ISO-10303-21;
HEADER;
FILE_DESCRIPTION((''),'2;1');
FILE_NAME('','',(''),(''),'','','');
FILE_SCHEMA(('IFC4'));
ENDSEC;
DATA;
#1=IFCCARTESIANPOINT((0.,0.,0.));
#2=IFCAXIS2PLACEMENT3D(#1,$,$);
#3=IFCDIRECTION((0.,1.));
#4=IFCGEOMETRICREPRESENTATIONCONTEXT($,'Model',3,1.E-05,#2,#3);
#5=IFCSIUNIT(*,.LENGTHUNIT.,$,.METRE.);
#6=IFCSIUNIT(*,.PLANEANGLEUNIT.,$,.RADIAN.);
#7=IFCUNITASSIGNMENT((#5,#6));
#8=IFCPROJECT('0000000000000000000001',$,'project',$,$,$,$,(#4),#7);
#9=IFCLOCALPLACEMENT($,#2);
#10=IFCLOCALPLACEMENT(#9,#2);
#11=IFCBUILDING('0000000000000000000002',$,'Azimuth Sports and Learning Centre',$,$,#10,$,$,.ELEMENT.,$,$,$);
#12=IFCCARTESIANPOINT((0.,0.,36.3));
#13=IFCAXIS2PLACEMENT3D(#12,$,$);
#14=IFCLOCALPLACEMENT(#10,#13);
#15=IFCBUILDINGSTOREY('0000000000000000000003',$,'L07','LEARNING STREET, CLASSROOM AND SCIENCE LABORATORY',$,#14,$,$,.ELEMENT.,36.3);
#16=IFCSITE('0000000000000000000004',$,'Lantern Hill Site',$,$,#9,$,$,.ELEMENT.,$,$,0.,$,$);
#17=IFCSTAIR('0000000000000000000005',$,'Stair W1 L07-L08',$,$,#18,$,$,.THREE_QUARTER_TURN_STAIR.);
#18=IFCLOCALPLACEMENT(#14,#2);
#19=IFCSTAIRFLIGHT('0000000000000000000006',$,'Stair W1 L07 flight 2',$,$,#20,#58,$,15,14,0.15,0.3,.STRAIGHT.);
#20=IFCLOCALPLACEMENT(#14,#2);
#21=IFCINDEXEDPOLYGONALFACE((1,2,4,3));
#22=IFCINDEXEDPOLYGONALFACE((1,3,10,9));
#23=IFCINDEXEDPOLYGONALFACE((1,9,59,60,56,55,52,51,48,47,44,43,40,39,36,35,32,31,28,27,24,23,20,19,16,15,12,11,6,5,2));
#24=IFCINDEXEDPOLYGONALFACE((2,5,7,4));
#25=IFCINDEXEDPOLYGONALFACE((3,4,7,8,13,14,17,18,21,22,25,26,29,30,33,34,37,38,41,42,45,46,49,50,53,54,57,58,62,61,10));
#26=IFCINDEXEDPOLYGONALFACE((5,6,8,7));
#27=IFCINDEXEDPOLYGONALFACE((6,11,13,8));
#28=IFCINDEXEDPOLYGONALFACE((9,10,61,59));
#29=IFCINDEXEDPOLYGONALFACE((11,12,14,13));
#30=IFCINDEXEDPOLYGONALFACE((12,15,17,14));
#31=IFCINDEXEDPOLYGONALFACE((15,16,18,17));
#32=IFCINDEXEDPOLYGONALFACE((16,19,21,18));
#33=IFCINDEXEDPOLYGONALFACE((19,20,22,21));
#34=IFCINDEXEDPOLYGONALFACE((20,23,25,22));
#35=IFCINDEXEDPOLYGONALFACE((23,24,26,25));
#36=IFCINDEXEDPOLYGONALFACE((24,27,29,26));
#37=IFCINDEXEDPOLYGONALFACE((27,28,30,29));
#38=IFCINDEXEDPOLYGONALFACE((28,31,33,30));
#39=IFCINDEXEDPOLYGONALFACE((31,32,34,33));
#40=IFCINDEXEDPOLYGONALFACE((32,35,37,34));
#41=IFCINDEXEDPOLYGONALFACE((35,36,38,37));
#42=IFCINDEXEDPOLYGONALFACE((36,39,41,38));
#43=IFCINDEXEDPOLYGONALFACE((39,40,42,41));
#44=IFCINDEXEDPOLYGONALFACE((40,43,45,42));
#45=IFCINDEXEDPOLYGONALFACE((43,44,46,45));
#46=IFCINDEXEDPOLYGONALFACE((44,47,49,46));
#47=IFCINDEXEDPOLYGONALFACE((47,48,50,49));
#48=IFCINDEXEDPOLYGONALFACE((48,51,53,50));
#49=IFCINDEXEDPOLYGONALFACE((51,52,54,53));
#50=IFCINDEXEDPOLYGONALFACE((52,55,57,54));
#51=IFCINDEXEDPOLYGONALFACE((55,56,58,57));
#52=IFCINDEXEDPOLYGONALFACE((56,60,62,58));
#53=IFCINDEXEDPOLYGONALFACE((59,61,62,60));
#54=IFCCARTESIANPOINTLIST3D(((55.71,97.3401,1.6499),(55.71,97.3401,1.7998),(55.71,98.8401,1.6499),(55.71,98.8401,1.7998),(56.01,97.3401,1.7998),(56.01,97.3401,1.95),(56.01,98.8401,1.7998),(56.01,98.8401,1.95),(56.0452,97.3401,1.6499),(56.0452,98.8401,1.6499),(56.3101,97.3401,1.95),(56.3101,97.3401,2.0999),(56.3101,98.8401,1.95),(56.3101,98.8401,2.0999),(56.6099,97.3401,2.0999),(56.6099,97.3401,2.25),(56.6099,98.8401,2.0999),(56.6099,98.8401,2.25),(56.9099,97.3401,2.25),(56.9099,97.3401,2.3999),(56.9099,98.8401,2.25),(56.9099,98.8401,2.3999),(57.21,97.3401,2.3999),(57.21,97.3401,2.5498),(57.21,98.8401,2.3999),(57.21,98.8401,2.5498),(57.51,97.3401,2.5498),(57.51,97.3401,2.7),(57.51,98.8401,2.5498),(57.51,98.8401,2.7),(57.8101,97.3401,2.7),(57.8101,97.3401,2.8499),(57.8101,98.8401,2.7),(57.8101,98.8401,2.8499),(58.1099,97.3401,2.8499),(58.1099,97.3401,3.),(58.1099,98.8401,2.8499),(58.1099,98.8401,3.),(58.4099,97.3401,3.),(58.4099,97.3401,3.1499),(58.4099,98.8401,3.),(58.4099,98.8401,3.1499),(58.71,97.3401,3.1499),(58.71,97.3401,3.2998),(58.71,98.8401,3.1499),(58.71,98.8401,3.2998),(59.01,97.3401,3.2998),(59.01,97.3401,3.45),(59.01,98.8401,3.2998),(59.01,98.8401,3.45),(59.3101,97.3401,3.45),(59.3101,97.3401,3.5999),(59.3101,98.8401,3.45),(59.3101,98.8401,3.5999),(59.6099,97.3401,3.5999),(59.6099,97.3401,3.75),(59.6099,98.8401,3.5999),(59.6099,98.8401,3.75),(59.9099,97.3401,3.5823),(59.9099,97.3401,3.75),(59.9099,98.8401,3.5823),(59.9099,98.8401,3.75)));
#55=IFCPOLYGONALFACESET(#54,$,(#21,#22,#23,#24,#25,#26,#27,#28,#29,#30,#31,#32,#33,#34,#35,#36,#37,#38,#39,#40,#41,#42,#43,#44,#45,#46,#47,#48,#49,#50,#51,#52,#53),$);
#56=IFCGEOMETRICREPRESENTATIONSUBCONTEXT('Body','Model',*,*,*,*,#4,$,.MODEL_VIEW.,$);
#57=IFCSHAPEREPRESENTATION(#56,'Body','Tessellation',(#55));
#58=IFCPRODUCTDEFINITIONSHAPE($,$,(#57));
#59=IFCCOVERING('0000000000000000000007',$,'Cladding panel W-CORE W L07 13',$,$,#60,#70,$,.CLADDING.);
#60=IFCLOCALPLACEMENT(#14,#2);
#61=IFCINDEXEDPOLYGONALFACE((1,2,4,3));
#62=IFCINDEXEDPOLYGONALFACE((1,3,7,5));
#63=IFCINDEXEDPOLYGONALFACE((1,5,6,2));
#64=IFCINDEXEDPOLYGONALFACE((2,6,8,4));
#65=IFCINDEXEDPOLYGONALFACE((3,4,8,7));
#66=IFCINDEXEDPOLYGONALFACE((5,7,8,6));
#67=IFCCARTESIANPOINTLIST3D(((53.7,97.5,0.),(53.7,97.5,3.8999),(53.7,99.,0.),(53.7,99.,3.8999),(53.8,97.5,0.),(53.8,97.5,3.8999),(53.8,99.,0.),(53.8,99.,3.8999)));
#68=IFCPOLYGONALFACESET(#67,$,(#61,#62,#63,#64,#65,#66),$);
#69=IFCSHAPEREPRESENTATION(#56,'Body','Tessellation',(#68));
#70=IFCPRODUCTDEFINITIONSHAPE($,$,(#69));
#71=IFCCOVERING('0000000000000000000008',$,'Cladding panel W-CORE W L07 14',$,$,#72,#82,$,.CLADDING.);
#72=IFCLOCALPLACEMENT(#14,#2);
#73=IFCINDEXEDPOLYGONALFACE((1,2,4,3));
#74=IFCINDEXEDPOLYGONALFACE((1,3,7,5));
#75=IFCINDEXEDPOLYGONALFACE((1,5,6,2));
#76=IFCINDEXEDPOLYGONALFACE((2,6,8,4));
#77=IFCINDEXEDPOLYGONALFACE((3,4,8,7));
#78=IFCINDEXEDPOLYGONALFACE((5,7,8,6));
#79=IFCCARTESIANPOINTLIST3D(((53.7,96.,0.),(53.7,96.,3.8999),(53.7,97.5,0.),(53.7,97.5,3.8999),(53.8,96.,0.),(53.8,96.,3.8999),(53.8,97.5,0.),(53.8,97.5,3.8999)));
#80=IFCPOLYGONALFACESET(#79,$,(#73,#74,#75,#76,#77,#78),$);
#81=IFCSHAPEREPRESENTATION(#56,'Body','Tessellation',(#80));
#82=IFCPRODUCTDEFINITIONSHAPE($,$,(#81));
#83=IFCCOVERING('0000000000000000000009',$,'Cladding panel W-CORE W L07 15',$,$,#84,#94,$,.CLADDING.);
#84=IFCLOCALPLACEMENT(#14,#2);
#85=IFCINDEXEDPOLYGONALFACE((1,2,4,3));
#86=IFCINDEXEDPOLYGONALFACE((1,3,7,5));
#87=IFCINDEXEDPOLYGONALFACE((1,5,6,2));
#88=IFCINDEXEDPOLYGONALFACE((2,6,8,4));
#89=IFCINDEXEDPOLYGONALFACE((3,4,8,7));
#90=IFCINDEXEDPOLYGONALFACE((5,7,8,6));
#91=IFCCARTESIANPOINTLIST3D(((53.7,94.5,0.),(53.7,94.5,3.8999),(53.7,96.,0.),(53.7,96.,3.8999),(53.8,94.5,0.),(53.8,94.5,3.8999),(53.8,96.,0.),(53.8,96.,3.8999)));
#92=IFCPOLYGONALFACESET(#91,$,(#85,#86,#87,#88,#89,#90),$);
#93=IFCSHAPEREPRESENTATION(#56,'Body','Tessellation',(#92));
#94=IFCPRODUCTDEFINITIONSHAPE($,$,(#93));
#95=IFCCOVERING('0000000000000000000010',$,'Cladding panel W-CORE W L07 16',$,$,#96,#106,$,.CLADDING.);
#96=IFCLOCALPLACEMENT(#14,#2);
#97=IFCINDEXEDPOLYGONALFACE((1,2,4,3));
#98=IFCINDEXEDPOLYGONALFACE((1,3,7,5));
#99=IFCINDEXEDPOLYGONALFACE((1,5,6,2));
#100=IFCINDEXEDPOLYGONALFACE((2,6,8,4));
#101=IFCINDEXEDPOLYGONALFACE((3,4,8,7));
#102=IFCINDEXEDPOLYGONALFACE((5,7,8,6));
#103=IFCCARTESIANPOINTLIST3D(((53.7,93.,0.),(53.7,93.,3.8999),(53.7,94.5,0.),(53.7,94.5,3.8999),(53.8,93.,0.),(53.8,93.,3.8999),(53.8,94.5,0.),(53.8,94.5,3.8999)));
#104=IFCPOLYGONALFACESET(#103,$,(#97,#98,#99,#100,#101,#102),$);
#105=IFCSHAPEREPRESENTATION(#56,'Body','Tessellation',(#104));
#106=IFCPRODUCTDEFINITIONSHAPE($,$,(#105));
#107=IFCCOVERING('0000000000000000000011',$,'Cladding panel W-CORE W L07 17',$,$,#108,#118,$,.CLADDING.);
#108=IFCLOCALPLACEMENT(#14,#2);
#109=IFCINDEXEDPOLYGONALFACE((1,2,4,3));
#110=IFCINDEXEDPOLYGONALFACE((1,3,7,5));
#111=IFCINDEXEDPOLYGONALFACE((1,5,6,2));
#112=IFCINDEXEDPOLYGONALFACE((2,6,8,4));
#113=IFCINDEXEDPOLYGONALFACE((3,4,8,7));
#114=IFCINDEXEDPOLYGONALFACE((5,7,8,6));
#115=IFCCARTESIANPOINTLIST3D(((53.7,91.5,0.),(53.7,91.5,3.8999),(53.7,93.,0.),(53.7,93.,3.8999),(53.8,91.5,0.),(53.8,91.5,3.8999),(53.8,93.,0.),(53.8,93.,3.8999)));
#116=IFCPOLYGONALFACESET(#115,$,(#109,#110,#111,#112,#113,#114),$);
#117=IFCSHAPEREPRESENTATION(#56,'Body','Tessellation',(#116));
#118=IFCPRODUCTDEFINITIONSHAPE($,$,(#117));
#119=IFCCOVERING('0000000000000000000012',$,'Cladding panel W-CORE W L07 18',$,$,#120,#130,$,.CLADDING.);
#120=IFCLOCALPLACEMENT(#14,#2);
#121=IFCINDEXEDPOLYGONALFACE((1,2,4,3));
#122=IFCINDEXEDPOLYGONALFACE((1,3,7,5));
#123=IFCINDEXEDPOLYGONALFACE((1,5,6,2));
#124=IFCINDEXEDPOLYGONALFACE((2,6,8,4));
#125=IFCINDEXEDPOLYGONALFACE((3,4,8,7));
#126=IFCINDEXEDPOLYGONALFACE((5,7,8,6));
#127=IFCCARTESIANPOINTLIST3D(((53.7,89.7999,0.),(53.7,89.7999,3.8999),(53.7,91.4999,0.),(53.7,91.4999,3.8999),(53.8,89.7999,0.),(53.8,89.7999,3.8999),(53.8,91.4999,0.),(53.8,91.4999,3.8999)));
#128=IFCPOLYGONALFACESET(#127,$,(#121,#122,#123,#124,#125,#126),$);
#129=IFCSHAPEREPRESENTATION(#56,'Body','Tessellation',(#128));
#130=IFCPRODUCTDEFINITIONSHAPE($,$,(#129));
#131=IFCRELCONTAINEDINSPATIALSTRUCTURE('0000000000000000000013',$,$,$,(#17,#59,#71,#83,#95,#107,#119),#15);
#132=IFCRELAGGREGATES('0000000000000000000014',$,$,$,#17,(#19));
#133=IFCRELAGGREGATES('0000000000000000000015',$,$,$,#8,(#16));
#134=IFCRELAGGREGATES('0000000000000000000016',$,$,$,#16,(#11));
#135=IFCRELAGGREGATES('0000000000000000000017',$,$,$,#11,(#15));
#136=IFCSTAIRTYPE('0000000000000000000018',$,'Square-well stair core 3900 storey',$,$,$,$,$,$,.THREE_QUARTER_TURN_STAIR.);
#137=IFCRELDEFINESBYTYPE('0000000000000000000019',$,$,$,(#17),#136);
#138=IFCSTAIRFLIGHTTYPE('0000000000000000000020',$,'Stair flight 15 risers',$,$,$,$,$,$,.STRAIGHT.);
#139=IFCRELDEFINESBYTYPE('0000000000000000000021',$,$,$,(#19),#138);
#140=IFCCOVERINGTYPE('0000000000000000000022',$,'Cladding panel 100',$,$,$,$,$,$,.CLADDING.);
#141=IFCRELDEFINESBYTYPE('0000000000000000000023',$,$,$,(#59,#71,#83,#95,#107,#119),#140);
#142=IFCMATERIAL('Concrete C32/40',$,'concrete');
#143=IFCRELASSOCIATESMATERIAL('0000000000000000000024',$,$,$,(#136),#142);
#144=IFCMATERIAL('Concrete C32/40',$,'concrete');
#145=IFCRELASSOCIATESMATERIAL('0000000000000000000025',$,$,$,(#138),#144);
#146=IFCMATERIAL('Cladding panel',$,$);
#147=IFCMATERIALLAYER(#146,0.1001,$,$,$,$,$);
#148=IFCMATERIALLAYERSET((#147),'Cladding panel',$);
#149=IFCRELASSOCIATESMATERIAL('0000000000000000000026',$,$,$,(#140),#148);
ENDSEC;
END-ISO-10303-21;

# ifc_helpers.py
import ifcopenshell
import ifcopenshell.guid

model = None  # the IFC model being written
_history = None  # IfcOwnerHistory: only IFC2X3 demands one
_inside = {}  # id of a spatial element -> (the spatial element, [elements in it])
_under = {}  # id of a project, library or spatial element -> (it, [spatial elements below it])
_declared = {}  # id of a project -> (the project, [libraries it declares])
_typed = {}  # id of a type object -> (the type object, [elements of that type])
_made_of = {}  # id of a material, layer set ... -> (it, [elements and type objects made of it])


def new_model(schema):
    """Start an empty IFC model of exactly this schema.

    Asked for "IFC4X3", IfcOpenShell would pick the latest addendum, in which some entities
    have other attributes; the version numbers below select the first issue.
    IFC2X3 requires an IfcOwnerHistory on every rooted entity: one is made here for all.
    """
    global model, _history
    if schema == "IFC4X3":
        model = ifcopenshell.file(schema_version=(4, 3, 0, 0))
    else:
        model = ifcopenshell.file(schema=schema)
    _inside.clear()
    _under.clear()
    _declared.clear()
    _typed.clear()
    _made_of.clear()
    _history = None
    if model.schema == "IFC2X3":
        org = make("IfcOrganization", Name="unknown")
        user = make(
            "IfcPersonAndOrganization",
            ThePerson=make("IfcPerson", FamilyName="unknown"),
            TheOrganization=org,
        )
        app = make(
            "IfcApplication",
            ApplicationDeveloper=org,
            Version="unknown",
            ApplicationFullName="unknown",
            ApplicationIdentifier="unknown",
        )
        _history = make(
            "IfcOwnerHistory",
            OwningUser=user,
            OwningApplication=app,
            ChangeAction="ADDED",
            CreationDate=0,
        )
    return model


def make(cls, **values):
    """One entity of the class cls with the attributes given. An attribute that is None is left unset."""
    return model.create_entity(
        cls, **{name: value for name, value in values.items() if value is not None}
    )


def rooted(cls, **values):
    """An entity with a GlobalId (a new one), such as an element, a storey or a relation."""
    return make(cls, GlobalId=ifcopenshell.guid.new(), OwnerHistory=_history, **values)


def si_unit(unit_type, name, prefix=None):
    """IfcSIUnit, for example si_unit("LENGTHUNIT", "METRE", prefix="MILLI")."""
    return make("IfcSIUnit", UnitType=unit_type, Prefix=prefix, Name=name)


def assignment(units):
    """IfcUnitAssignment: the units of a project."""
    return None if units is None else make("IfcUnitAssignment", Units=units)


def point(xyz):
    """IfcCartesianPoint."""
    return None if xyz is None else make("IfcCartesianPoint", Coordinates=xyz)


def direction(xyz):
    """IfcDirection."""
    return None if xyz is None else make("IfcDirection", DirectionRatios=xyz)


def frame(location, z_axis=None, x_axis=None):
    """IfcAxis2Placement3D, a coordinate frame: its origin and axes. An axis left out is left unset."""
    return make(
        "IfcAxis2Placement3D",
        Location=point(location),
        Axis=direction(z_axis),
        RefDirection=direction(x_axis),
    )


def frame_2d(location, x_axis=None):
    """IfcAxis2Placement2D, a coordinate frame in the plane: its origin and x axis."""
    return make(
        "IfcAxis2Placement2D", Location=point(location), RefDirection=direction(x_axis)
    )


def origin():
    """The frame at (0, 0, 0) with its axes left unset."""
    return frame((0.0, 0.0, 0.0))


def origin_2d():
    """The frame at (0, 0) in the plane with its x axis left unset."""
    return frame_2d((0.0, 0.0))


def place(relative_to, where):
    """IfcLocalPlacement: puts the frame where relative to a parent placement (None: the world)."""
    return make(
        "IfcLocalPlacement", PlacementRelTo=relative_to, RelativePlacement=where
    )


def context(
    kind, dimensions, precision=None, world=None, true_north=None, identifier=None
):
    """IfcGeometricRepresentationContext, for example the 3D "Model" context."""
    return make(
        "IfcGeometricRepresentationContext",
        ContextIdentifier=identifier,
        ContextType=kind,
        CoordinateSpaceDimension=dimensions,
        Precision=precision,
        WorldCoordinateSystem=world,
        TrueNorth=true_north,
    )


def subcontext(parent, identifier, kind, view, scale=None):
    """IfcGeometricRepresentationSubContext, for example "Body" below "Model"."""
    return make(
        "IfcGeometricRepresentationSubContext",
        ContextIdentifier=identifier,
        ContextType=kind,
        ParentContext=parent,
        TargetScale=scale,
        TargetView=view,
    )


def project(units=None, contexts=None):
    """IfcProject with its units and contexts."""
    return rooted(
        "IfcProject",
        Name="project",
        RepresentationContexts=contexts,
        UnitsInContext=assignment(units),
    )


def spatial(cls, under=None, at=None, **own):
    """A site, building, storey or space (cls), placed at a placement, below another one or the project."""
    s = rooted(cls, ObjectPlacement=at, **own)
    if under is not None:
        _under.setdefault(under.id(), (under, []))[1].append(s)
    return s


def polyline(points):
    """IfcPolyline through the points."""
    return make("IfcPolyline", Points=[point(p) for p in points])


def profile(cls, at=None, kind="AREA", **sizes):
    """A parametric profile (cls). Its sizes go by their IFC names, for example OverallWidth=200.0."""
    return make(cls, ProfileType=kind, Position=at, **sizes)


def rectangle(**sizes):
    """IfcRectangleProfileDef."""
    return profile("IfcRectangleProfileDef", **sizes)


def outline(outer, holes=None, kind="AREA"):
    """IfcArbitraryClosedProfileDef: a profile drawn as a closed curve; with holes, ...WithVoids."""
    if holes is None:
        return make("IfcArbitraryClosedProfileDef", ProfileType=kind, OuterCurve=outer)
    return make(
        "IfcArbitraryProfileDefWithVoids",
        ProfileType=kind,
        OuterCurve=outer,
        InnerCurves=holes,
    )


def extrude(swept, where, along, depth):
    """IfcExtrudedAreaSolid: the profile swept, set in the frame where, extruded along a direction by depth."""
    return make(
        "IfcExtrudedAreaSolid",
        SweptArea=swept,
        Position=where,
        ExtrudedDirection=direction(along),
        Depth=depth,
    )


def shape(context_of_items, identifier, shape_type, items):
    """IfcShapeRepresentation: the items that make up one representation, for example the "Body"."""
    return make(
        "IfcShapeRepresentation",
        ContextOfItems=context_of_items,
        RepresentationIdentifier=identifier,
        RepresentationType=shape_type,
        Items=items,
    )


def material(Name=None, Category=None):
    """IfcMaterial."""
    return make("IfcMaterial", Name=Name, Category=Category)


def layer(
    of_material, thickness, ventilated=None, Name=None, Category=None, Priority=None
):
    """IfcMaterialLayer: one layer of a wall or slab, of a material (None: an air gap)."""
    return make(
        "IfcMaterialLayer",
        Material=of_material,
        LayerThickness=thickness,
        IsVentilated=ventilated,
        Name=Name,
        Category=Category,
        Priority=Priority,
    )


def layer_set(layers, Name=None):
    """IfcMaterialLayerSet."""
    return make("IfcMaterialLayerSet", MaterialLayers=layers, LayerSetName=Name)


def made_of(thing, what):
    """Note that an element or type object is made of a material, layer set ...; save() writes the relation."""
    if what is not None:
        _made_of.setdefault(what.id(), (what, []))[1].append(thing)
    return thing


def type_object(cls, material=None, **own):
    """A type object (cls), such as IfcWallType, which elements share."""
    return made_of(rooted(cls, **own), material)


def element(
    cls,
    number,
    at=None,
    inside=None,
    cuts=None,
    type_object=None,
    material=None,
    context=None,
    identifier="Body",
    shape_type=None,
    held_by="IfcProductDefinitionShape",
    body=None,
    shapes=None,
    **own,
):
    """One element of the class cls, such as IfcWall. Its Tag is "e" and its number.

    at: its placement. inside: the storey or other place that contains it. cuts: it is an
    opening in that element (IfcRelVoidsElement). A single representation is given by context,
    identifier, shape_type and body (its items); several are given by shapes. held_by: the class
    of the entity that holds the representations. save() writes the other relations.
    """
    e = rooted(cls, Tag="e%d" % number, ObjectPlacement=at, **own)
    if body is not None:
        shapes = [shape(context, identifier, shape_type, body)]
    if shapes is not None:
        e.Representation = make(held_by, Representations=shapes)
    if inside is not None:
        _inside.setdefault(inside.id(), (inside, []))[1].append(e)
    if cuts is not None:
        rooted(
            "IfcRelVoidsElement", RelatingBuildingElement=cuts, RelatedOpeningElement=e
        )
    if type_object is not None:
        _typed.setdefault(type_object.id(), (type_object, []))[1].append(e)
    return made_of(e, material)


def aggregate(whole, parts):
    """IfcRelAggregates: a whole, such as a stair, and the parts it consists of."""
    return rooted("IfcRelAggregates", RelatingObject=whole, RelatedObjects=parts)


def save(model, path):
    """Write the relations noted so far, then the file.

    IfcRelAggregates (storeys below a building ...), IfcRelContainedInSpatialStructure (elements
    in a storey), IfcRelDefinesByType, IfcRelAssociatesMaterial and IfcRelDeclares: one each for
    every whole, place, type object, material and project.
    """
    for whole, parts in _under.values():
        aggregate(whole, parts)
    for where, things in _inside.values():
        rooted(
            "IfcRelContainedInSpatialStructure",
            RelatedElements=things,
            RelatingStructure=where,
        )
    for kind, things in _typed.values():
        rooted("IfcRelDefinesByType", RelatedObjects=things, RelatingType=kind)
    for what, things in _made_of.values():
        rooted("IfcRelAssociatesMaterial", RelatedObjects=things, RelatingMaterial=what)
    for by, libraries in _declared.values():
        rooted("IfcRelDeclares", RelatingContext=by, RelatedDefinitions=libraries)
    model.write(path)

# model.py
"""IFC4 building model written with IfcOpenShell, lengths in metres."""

from ifc_helpers import new_model, si_unit, direction, frame, origin, origin_2d, place, context, subcontext, project, spatial, polyline, rectangle, outline, extrude, material, layer, layer_set, type_object, element, aggregate, save


model = new_model("IFC4")

# Units and contexts
model_context = context("Model", 3, precision=1e-05, world=origin(), true_north=direction((0.0, 1.0)))
body_context = subcontext(model_context, "Body", "Model", "MODEL_VIEW")
ifc_project = project(units=[si_unit("LENGTHUNIT", "METRE"), si_unit("PLANEANGLEUNIT", "RADIAN")], contexts=[model_context])

# Site, building, storey
site_placement = place(None, origin())
site = spatial("IfcSite", under=ifc_project, at=site_placement, Name="Lantern Hill Site", CompositionType="ELEMENT", RefElevation=0.0)
building_placement = place(site_placement, origin())
building = spatial("IfcBuilding", under=site, at=building_placement, Name="Azimuth Sports and Learning Centre", CompositionType="ELEMENT")
storey_placement = place(building_placement, frame((0.0, 0.0, 36.3)))
storey = spatial("IfcBuildingStorey", under=building, at=storey_placement, Name="L07", Description="LEARNING STREET, CLASSROOM AND SCIENCE LABORATORY", CompositionType="ELEMENT", Elevation=36.3)

# Stair, stair flight
ifc_material_1 = material(Name="Concrete C32/40", Category="concrete")
stair_type = type_object("IfcStairType", Name="Square-well stair core 3900 storey", PredefinedType="THREE_QUARTER_TURN_STAIR", material=ifc_material_1)
stair_placement = place(storey_placement, origin())
stair = element("IfcStair", 1, at=stair_placement, inside=storey, type_object=stair_type, Name="Stair W1 L07-L08", PredefinedType="THREE_QUARTER_TURN_STAIR")
ifc_material_2 = material(Name="Concrete C32/40", Category="concrete")
stair_flight_type_1 = type_object("IfcStairFlightType", Name="Stair flight 15 risers", PredefinedType="STRAIGHT", material=ifc_material_2)
stair_flight_1_placement = place(storey_placement, frame((55.71, 98.0901, 1.6499), z_axis=(0.0, 0.0, 1.0), x_axis=(1.0, 0.0, 0.0)))
stair_flight_1 = element("IfcStairFlight", 2, at=stair_flight_1_placement, type_object=stair_flight_type_1, Name="Stair W1 L07 flight 2", NumberOfRisers=15, NumberOfTreads=14, PredefinedType="STRAIGHT", RiserHeight=0.15, TreadLength=0.3, context=body_context, shape_type="SweptSolid", body=[
    extrude(outline(polyline([(0.0, 0.0), (0.0, 0.1499), (0.3, 0.1499), (0.3, 0.3), (0.6001, 0.3), (0.6001, 0.45), (0.8999, 0.45), (0.8999, 0.6001), (1.2, 0.6001), (1.2, 0.75), (1.5, 0.75), (1.5, 0.8999), (1.8, 0.8999), (1.8, 1.05), (2.1001, 1.05), (2.1001, 1.2), (2.3999, 1.2), (2.3999, 1.3501), (2.7, 1.3501), (2.7, 1.5), (3.0, 1.5), (3.0, 1.6499), (3.3, 1.6499), (3.3, 1.8), (3.6001, 1.8), (3.6001, 1.95), (3.8999, 1.95), (3.8999, 2.1001), (4.2, 2.1001), (4.2, 2.25), (4.2, 1.9324), (0.3352, 0.0), (0.0, 0.0)])), frame((0.0, 0.75, 0.0), z_axis=(0.0, -1.0, 0.0), x_axis=(1.0, 0.0, 0.0)), (0.0, 0.0, 1.0), 1.5),
])
aggregate(stair, [stair_flight_1])

# Coverings
ifc_material_3 = material(Name="Cladding panel")
ifc_layer_1 = layer(ifc_material_3, 0.1001)
ifc_layer_set_1 = layer_set([ifc_layer_1], Name="Cladding panel")
covering_type = type_object("IfcCoveringType", Name="Cladding panel 100", PredefinedType="CLADDING", material=ifc_layer_set_1)
for number, where, z_axis, x_axis, name in (
    (3, (53.75, 98.25, 0.0), (0.0, 0.0, 1.0), (0.0, -1.0, 0.0), "Cladding panel W-CORE W L07 13"),
    (4, (53.75, 96.75, 0.0), (0.0, 0.0, 1.0), (0.0, -1.0, 0.0), "Cladding panel W-CORE W L07 14"),
    (5, (53.75, 95.25, 0.0), (0.0, 0.0, 1.0), (0.0, -1.0, 0.0), "Cladding panel W-CORE W L07 15"),
    (6, (53.75, 93.75, 0.0), (0.0, 0.0, 1.0), (0.0, -1.0, 0.0), "Cladding panel W-CORE W L07 16"),
    (7, (53.75, 92.25, 0.0), (0.0, 0.0, 1.0), (0.0, -1.0, 0.0), "Cladding panel W-CORE W L07 17"),
):
    element("IfcCovering", number, at=place(storey_placement, frame(where, z_axis=z_axis, x_axis=x_axis)), inside=storey, type_object=covering_type, Name=name, PredefinedType="CLADDING", context=body_context, shape_type="SweptSolid", body=[
        extrude(rectangle(XDim=1.5, YDim=0.1001, at=origin_2d()), origin(), (0.0, 0.0, 1.0), 3.8999),
    ])
covering_placement = place(storey_placement, frame((53.75, 90.6499, 0.0), z_axis=(0.0, 0.0, 1.0), x_axis=(0.0, -1.0, 0.0)))
element("IfcCovering", 8, at=covering_placement, inside=storey, type_object=covering_type, Name="Cladding panel W-CORE W L07 18", PredefinedType="CLADDING", context=body_context, shape_type="SweptSolid", body=[
    extrude(rectangle(XDim=1.7, YDim=0.1001, at=origin_2d()), origin(), (0.0, 0.0, 1.0), 3.8999),
])

save(model, "model.ifc")
